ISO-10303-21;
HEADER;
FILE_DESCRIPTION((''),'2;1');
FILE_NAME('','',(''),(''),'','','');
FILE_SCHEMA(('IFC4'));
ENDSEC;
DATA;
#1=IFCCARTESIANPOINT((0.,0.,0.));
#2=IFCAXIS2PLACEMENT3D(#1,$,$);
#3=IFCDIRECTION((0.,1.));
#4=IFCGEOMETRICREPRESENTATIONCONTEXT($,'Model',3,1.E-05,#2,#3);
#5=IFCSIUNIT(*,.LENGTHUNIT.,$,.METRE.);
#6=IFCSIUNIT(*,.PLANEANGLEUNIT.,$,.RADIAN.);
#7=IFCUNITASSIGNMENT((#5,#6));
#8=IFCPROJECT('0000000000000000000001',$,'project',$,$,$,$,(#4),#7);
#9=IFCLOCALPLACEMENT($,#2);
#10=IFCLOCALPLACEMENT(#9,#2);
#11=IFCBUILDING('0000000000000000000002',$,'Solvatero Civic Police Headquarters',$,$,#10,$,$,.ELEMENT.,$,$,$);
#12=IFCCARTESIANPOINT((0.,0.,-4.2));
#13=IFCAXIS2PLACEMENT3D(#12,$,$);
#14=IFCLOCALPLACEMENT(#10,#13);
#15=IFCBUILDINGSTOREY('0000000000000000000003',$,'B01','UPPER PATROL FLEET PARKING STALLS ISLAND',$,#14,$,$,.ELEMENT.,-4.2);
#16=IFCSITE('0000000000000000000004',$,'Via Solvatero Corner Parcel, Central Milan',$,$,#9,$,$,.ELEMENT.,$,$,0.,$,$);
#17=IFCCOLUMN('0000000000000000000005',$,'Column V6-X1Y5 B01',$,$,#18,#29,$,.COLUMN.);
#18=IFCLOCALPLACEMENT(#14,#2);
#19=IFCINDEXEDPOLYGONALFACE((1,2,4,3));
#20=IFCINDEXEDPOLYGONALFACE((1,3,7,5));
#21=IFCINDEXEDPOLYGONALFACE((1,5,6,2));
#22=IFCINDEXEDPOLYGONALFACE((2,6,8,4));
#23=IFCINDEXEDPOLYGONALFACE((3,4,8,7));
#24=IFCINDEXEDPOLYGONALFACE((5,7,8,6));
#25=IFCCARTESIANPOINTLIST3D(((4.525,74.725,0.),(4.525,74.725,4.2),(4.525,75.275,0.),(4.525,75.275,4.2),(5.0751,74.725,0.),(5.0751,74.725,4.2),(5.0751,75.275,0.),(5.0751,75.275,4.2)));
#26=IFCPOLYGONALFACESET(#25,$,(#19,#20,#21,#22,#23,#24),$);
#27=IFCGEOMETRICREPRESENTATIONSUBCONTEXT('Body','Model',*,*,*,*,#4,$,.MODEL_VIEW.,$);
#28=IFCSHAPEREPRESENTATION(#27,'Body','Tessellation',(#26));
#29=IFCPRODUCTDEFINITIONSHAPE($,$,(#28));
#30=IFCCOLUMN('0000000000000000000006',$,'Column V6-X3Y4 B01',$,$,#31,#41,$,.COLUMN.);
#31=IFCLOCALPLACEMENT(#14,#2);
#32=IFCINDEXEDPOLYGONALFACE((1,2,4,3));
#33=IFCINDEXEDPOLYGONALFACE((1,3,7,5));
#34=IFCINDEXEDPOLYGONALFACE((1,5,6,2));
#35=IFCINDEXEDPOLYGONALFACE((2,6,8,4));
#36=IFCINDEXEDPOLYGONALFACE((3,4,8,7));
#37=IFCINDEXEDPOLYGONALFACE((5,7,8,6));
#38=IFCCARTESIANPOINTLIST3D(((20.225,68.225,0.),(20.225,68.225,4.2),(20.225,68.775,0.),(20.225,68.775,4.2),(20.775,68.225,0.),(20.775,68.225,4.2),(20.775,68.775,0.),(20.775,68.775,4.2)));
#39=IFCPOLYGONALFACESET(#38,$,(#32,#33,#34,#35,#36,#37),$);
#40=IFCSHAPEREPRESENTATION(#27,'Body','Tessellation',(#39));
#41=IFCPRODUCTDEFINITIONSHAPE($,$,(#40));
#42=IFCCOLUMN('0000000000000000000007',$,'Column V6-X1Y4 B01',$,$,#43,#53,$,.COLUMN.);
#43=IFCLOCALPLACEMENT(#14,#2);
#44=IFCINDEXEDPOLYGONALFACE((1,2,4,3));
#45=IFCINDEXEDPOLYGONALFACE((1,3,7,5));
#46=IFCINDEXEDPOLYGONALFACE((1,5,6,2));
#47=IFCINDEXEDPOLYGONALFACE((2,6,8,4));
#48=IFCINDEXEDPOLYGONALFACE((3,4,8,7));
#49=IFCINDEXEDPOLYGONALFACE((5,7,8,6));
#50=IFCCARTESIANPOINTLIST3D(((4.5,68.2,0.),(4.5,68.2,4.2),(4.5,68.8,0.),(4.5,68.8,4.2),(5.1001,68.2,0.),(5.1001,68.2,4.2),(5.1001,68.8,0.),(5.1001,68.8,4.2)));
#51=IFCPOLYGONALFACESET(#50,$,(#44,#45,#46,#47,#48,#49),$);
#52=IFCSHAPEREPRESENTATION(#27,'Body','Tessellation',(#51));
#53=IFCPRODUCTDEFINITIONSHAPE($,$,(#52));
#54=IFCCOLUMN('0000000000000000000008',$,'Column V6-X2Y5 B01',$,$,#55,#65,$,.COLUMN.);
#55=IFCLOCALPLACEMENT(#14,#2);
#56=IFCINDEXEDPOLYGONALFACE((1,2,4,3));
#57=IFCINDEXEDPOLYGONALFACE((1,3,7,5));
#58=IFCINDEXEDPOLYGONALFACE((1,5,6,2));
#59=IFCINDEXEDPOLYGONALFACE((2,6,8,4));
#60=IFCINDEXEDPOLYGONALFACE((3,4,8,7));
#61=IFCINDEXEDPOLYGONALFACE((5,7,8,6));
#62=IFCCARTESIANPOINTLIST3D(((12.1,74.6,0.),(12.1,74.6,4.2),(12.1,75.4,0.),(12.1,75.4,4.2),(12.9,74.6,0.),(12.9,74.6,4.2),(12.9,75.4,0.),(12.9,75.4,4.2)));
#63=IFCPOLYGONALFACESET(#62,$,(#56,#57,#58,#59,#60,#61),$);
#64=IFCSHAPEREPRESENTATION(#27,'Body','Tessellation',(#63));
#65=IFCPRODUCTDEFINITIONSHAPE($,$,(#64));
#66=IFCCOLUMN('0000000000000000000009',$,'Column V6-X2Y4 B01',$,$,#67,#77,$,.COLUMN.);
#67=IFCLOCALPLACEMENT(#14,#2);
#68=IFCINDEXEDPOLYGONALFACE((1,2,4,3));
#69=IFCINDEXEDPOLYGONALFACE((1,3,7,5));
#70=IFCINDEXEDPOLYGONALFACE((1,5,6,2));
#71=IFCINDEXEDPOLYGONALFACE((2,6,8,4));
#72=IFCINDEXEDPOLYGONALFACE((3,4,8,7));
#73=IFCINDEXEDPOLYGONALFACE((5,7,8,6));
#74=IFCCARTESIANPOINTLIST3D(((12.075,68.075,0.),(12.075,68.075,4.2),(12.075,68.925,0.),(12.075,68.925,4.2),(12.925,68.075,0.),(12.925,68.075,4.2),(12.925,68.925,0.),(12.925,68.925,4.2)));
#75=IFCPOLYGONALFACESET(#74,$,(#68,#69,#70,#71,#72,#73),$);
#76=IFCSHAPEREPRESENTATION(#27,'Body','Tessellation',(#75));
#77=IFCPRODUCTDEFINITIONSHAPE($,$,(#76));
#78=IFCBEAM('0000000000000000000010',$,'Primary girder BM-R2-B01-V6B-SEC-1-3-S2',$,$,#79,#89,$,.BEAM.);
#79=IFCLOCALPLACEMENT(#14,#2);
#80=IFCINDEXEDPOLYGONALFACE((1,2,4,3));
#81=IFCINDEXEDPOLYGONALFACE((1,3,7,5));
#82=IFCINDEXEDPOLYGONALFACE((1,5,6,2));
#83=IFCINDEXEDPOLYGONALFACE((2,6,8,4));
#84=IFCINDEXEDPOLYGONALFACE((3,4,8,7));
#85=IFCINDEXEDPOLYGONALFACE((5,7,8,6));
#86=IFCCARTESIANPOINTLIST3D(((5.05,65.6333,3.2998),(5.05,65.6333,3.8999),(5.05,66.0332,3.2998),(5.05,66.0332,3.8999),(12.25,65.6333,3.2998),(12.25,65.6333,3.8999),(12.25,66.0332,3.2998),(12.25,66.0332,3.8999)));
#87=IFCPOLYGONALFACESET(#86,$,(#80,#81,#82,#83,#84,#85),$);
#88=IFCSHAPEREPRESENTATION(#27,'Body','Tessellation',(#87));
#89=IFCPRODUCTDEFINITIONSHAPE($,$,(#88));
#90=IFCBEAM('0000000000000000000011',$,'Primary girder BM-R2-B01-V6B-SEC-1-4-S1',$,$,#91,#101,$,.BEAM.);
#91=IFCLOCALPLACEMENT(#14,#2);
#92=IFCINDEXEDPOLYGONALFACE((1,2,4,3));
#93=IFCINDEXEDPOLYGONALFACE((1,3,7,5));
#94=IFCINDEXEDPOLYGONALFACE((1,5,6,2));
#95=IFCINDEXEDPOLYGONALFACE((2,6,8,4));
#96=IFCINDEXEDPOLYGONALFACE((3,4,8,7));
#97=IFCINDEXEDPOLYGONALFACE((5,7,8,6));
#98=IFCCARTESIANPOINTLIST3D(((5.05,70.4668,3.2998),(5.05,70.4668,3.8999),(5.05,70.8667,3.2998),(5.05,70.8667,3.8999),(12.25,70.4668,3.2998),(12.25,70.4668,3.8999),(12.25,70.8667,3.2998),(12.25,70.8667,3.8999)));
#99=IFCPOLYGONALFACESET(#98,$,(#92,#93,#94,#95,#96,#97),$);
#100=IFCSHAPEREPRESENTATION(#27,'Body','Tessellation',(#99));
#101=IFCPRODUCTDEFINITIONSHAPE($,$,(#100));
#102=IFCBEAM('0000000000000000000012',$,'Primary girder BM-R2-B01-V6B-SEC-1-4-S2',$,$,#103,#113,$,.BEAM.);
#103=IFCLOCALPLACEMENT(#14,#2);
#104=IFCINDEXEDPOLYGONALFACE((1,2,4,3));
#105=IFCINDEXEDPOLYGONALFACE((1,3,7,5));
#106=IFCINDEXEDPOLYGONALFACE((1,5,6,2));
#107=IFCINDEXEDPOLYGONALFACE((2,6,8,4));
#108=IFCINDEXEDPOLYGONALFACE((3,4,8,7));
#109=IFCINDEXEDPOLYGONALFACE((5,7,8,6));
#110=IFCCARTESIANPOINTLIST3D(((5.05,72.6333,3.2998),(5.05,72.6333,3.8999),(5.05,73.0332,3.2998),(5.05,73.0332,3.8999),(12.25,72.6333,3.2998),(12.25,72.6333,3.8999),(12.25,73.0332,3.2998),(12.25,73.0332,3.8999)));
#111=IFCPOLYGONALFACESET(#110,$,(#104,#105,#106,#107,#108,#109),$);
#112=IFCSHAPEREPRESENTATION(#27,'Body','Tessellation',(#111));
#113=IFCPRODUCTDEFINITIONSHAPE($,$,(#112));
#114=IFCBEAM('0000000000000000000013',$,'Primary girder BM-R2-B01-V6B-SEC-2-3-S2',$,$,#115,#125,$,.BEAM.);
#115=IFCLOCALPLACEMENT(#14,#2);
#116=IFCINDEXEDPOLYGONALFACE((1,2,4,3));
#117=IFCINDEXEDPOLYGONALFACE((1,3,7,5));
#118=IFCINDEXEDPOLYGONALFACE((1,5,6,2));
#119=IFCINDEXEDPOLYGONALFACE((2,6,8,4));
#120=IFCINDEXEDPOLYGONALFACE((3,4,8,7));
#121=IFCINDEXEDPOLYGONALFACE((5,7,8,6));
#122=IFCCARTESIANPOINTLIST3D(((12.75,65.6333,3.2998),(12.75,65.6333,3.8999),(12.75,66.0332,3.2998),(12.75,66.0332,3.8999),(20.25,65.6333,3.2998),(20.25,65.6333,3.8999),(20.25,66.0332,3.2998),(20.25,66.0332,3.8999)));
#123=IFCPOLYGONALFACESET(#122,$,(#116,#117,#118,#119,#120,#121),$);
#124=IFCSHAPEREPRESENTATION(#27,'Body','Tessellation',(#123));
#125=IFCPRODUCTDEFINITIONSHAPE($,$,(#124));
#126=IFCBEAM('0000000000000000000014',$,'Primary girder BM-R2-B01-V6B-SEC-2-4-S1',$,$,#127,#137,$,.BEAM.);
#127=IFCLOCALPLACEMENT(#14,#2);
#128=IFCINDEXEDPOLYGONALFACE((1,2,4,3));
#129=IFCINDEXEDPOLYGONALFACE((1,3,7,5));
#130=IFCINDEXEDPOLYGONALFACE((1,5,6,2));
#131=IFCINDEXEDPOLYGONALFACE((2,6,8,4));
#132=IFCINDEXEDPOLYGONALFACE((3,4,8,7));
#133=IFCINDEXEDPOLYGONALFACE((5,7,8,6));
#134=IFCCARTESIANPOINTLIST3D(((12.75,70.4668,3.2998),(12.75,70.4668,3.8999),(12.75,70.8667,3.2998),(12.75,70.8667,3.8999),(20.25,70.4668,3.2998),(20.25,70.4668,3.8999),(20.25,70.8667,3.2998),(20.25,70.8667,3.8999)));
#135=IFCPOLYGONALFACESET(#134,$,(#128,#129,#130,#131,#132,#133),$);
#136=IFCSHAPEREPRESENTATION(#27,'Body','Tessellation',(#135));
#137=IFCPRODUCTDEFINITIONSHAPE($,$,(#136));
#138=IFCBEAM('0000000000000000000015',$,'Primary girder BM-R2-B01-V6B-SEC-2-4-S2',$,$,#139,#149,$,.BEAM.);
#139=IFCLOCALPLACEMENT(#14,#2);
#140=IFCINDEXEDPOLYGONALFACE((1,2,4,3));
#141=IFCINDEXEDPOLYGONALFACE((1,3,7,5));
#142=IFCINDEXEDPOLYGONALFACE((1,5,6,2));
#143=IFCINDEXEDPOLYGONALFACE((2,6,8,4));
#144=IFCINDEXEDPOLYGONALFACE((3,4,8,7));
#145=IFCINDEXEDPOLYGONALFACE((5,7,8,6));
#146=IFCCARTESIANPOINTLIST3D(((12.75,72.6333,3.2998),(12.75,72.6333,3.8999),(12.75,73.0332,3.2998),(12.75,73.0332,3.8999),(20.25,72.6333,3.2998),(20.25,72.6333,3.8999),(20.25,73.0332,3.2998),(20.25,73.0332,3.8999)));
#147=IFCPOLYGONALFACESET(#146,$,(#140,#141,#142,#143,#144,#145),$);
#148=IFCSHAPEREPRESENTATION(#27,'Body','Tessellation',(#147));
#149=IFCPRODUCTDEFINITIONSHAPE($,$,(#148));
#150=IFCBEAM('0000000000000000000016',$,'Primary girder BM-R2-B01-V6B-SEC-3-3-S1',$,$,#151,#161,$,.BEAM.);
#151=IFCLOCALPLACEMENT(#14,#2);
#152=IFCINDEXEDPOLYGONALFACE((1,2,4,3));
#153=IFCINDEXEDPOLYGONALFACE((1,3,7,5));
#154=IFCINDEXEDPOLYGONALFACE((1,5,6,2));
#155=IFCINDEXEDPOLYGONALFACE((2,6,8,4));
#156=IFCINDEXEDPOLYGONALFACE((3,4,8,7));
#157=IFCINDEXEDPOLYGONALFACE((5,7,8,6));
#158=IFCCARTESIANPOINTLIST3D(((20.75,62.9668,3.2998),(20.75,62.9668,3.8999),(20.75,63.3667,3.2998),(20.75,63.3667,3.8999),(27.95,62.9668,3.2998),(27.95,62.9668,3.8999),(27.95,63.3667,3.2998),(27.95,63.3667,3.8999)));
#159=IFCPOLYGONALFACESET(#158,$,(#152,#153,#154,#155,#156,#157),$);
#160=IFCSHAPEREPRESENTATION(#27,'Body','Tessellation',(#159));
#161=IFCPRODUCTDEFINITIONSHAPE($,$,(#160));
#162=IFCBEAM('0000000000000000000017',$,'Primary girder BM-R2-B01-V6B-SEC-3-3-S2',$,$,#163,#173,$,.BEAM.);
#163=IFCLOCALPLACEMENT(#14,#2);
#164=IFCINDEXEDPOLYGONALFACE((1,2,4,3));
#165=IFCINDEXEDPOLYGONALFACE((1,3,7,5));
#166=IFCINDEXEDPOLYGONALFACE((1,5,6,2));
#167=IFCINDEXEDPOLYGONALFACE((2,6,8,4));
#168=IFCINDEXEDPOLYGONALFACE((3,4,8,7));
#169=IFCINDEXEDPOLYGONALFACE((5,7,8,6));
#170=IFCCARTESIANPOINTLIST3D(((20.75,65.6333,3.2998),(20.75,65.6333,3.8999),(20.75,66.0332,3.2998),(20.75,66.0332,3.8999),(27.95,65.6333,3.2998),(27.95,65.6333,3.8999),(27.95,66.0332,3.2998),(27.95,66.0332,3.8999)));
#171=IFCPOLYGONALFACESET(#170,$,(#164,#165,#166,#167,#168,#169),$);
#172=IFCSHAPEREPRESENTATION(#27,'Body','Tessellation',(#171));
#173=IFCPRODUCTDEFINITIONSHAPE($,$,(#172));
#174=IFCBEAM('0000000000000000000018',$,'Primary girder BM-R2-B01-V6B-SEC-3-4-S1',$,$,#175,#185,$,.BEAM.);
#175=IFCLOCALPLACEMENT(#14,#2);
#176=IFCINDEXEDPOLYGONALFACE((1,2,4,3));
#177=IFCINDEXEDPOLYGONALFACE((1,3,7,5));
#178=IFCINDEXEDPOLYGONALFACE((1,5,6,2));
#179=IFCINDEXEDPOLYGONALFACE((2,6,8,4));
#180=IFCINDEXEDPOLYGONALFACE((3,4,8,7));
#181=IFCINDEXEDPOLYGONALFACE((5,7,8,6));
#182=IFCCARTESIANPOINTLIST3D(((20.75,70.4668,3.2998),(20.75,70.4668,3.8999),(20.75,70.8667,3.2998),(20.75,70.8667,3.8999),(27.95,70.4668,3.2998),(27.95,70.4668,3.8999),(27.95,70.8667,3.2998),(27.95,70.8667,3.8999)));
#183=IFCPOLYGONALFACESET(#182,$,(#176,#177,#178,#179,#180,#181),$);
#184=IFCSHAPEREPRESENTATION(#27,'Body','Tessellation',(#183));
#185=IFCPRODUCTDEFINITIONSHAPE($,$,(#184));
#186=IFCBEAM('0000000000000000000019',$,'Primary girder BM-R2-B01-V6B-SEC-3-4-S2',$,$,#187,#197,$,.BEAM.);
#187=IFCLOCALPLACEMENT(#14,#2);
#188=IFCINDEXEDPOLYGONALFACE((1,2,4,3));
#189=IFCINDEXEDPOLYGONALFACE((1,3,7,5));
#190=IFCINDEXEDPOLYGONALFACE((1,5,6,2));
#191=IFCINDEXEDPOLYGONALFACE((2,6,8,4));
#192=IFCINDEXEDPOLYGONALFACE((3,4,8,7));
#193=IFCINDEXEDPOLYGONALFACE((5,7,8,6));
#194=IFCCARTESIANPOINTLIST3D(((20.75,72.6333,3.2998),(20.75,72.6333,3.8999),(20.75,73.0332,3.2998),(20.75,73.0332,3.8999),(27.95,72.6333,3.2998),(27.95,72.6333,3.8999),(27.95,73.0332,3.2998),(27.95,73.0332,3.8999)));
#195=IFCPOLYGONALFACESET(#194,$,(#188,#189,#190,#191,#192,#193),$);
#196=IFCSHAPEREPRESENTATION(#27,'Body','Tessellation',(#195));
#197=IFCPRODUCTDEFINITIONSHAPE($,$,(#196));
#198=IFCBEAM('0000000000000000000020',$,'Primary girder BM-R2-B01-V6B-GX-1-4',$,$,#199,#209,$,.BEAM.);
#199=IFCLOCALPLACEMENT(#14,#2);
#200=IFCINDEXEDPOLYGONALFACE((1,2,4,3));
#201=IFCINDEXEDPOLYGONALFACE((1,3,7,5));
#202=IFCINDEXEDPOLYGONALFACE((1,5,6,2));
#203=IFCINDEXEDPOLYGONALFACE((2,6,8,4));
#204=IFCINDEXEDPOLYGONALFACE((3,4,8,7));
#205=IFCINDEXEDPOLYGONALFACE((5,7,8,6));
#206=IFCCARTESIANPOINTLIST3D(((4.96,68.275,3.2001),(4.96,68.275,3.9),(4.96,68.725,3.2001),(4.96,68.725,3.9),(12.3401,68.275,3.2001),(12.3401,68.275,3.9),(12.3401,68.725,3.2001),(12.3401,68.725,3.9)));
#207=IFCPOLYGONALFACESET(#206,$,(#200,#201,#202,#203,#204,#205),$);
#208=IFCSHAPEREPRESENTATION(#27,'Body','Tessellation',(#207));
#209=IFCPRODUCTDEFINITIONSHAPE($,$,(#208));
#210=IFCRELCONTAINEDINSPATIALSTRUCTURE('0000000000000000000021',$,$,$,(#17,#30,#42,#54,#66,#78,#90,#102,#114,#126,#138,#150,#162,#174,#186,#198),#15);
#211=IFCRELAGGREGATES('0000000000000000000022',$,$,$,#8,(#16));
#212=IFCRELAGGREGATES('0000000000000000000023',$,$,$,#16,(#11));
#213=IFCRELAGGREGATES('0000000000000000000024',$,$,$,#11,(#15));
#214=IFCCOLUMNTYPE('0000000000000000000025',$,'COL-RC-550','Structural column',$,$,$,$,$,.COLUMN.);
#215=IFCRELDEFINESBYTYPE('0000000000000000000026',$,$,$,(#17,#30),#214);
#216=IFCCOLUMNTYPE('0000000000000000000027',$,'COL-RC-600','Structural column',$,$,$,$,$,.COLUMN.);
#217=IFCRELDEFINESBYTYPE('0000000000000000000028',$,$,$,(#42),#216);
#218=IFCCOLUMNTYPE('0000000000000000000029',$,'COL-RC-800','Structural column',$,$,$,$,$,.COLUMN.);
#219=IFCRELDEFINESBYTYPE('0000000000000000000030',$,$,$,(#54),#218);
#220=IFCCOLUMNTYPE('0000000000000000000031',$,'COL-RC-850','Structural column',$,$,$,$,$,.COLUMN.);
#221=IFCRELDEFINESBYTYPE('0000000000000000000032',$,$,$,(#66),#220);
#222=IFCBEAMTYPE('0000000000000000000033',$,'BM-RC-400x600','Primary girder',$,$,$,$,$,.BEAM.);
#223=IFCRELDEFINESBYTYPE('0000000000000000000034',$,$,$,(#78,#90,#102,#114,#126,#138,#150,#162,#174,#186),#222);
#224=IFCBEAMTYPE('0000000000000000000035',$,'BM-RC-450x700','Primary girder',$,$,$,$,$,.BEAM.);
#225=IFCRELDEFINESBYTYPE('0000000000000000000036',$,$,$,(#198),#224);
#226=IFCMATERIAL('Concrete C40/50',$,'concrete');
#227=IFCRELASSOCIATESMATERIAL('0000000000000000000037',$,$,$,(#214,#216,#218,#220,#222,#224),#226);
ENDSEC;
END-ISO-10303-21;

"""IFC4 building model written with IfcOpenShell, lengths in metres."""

from ifc_helpers import new_model, si_unit, direction, frame, origin, origin_2d, place, context, subcontext, project, spatial, rectangle, extrude, material, material_profile, profile_set, type_object, element, save


model = new_model("IFC4")

# Units and contexts
model_context = context("Model", 3, precision=1e-05, world=origin(), true_north=direction((0.0, 1.0)))
body_context = subcontext(model_context, "Body", "Model", "MODEL_VIEW")
ifc_project = project(units=[si_unit("LENGTHUNIT", "METRE"), si_unit("PLANEANGLEUNIT", "RADIAN")], contexts=[model_context])

# Site, building, storey
site_placement = place(None, origin())
site = spatial("IfcSite", under=ifc_project, at=site_placement, Name="Via Solvatero Corner Parcel, Central Milan", CompositionType="ELEMENT", RefElevation=0.0)
building_placement = place(site_placement, origin())
building = spatial("IfcBuilding", under=site, at=building_placement, Name="Solvatero Civic Police Headquarters", CompositionType="ELEMENT")
storey_placement = place(building_placement, frame((0.0, 0.0, -4.2)))
storey = spatial("IfcBuildingStorey", under=building, at=storey_placement, Name="B01", Description="UPPER PATROL FLEET PARKING STALLS ISLAND", CompositionType="ELEMENT", Elevation=-4.2)

# Columns
ifc_material_1 = material(Name="Concrete C40/50", Category="concrete")
ifc_material_profile_1 = material_profile(ifc_material_1, rectangle(XDim=0.55, YDim=0.55, at=origin_2d()), Name="RC 550x550")
ifc_profile_set_1 = profile_set([ifc_material_profile_1], Name="Concrete C40/50")
column_type_1 = type_object("IfcColumnType", Name="COL-RC-550", Description="Structural column", PredefinedType="COLUMN", material=ifc_profile_set_1)
for number, where, z_axis, x_axis, name in (
    (1, (4.8, 75.0, 0.0), (0.0, 0.0, 1.0), (1.0, 0.0, 0.0), "Column V6-X1Y5 B01"),
    (2, (20.5, 68.5, 0.0), (0.0, 0.0, 1.0), (1.0, 0.0, 0.0), "Column V6-X3Y4 B01"),
):
    element("IfcColumn", number, at=place(storey_placement, frame(where, z_axis=z_axis, x_axis=x_axis)), inside=storey, type_object=column_type_1, Name=name, PredefinedType="COLUMN", context=body_context, shape_type="SweptSolid", body=[
        extrude(rectangle(XDim=0.55, YDim=0.55, at=origin_2d()), origin(), (0.0, 0.0, 1.0), 4.2),
    ])
ifc_material_profile_2 = material_profile(ifc_material_1, rectangle(XDim=0.6001, YDim=0.6001, at=origin_2d()), Name="RC 600x600")
ifc_profile_set_2 = profile_set([ifc_material_profile_2], Name="Concrete C40/50")
column_type_2 = type_object("IfcColumnType", Name="COL-RC-600", Description="Structural column", PredefinedType="COLUMN", material=ifc_profile_set_2)
column_1_placement = place(storey_placement, frame((4.8, 68.5, 0.0), z_axis=(0.0, 0.0, 1.0), x_axis=(1.0, 0.0, 0.0)))
element("IfcColumn", 3, at=column_1_placement, inside=storey, type_object=column_type_2, Name="Column V6-X1Y4 B01", PredefinedType="COLUMN", context=body_context, shape_type="SweptSolid", body=[
    extrude(rectangle(XDim=0.6001, YDim=0.6001, at=origin_2d()), origin(), (0.0, 0.0, 1.0), 4.2),
])
ifc_material_profile_3 = material_profile(ifc_material_1, rectangle(XDim=0.8, YDim=0.8, at=origin_2d()), Name="RC 800x800")
ifc_profile_set_3 = profile_set([ifc_material_profile_3], Name="Concrete C40/50")
column_type_3 = type_object("IfcColumnType", Name="COL-RC-800", Description="Structural column", PredefinedType="COLUMN", material=ifc_profile_set_3)
column_2_placement = place(storey_placement, frame((12.5, 75.0, 0.0), z_axis=(0.0, 0.0, 1.0), x_axis=(1.0, 0.0, 0.0)))
element("IfcColumn", 4, at=column_2_placement, inside=storey, type_object=column_type_3, Name="Column V6-X2Y5 B01", PredefinedType="COLUMN", context=body_context, shape_type="SweptSolid", body=[
    extrude(rectangle(XDim=0.8, YDim=0.8, at=origin_2d()), origin(), (0.0, 0.0, 1.0), 4.2),
])
ifc_material_profile_4 = material_profile(ifc_material_1, rectangle(XDim=0.8501, YDim=0.8501, at=origin_2d()), Name="RC 850x850")
ifc_profile_set_4 = profile_set([ifc_material_profile_4], Name="Concrete C40/50")
column_type_4 = type_object("IfcColumnType", Name="COL-RC-850", Description="Structural column", PredefinedType="COLUMN", material=ifc_profile_set_4)
column_3_placement = place(storey_placement, frame((12.5, 68.5, 0.0), z_axis=(0.0, 0.0, 1.0), x_axis=(1.0, 0.0, 0.0)))
element("IfcColumn", 5, at=column_3_placement, inside=storey, type_object=column_type_4, Name="Column V6-X2Y4 B01", PredefinedType="COLUMN", context=body_context, shape_type="SweptSolid", body=[
    extrude(rectangle(XDim=0.8501, YDim=0.8501, at=origin_2d()), origin(), (0.0, 0.0, 1.0), 4.2),
])

# Beams
ifc_material_profile_5 = material_profile(ifc_material_1, rectangle(XDim=0.3999, YDim=0.6001, at=origin_2d()), Name="RC 400x600")
ifc_profile_set_5 = profile_set([ifc_material_profile_5], Name="Concrete C40/50")
beam_type_1 = type_object("IfcBeamType", Name="BM-RC-400x600", Description="Primary girder", PredefinedType="BEAM", material=ifc_profile_set_5)
for number, where, z_axis, x_axis, name in (
    (6, (5.05, 65.8333, 3.5999), (1.0, 0.0, 0.0), (0.0, 1.0, 0.0), "Primary girder BM-R2-B01-V6B-SEC-1-3-S2"),
    (7, (5.05, 70.6667, 3.5999), (1.0, 0.0, 0.0), (0.0, 1.0, 0.0), "Primary girder BM-R2-B01-V6B-SEC-1-4-S1"),
    (8, (5.05, 72.8333, 3.5999), (1.0, 0.0, 0.0), (0.0, 1.0, 0.0), "Primary girder BM-R2-B01-V6B-SEC-1-4-S2"),
):
    element("IfcBeam", number, at=place(storey_placement, frame(where, z_axis=z_axis, x_axis=x_axis)), inside=storey, type_object=beam_type_1, Name=name, PredefinedType="BEAM", context=body_context, shape_type="SweptSolid", body=[
        extrude(rectangle(XDim=0.3999, YDim=0.6001, at=origin_2d()), origin(), (0.0, 0.0, 1.0), 7.2),
    ])
for number, where, z_axis, x_axis, name in (
    (9, (12.75, 65.8333, 3.5999), (1.0, 0.0, 0.0), (0.0, 1.0, 0.0), "Primary girder BM-R2-B01-V6B-SEC-2-3-S2"),
    (10, (12.75, 70.6667, 3.5999), (1.0, 0.0, 0.0), (0.0, 1.0, 0.0), "Primary girder BM-R2-B01-V6B-SEC-2-4-S1"),
    (11, (12.75, 72.8333, 3.5999), (1.0, 0.0, 0.0), (0.0, 1.0, 0.0), "Primary girder BM-R2-B01-V6B-SEC-2-4-S2"),
):
    element("IfcBeam", number, at=place(storey_placement, frame(where, z_axis=z_axis, x_axis=x_axis)), inside=storey, type_object=beam_type_1, Name=name, PredefinedType="BEAM", context=body_context, shape_type="SweptSolid", body=[
        extrude(rectangle(XDim=0.3999, YDim=0.6001, at=origin_2d()), origin(), (0.0, 0.0, 1.0), 7.5),
    ])
for number, where, z_axis, x_axis, name in (
    (12, (20.75, 63.1667, 3.5999), (1.0, 0.0, 0.0), (0.0, 1.0, 0.0), "Primary girder BM-R2-B01-V6B-SEC-3-3-S1"),
    (13, (20.75, 65.8333, 3.5999), (1.0, 0.0, 0.0), (0.0, 1.0, 0.0), "Primary girder BM-R2-B01-V6B-SEC-3-3-S2"),
    (14, (20.75, 70.6667, 3.5999), (1.0, 0.0, 0.0), (0.0, 1.0, 0.0), "Primary girder BM-R2-B01-V6B-SEC-3-4-S1"),
    (15, (20.75, 72.8333, 3.5999), (1.0, 0.0, 0.0), (0.0, 1.0, 0.0), "Primary girder BM-R2-B01-V6B-SEC-3-4-S2"),
):
    element("IfcBeam", number, at=place(storey_placement, frame(where, z_axis=z_axis, x_axis=x_axis)), inside=storey, type_object=beam_type_1, Name=name, PredefinedType="BEAM", context=body_context, shape_type="SweptSolid", body=[
        extrude(rectangle(XDim=0.3999, YDim=0.6001, at=origin_2d()), origin(), (0.0, 0.0, 1.0), 7.2),
    ])
ifc_material_profile_6 = material_profile(ifc_material_1, rectangle(XDim=0.45, YDim=0.7, at=origin_2d()), Name="RC 450x700")
ifc_profile_set_6 = profile_set([ifc_material_profile_6], Name="Concrete C40/50")
beam_type_2 = type_object("IfcBeamType", Name="BM-RC-450x700", Description="Primary girder", PredefinedType="BEAM", material=ifc_profile_set_6)
beam_1_placement = place(storey_placement, frame((4.96, 68.5, 3.55), z_axis=(1.0, 0.0, 0.0), x_axis=(0.0, 1.0, 0.0)))
element("IfcBeam", 16, at=beam_1_placement, inside=storey, type_object=beam_type_2, Name="Primary girder BM-R2-B01-V6B-GX-1-4", PredefinedType="BEAM", context=body_context, shape_type="SweptSolid", body=[
    extrude(rectangle(XDim=0.45, YDim=0.7, at=origin_2d()), origin(), (0.0, 0.0, 1.0), 7.3801),
])

save(model, "model.ifc")
